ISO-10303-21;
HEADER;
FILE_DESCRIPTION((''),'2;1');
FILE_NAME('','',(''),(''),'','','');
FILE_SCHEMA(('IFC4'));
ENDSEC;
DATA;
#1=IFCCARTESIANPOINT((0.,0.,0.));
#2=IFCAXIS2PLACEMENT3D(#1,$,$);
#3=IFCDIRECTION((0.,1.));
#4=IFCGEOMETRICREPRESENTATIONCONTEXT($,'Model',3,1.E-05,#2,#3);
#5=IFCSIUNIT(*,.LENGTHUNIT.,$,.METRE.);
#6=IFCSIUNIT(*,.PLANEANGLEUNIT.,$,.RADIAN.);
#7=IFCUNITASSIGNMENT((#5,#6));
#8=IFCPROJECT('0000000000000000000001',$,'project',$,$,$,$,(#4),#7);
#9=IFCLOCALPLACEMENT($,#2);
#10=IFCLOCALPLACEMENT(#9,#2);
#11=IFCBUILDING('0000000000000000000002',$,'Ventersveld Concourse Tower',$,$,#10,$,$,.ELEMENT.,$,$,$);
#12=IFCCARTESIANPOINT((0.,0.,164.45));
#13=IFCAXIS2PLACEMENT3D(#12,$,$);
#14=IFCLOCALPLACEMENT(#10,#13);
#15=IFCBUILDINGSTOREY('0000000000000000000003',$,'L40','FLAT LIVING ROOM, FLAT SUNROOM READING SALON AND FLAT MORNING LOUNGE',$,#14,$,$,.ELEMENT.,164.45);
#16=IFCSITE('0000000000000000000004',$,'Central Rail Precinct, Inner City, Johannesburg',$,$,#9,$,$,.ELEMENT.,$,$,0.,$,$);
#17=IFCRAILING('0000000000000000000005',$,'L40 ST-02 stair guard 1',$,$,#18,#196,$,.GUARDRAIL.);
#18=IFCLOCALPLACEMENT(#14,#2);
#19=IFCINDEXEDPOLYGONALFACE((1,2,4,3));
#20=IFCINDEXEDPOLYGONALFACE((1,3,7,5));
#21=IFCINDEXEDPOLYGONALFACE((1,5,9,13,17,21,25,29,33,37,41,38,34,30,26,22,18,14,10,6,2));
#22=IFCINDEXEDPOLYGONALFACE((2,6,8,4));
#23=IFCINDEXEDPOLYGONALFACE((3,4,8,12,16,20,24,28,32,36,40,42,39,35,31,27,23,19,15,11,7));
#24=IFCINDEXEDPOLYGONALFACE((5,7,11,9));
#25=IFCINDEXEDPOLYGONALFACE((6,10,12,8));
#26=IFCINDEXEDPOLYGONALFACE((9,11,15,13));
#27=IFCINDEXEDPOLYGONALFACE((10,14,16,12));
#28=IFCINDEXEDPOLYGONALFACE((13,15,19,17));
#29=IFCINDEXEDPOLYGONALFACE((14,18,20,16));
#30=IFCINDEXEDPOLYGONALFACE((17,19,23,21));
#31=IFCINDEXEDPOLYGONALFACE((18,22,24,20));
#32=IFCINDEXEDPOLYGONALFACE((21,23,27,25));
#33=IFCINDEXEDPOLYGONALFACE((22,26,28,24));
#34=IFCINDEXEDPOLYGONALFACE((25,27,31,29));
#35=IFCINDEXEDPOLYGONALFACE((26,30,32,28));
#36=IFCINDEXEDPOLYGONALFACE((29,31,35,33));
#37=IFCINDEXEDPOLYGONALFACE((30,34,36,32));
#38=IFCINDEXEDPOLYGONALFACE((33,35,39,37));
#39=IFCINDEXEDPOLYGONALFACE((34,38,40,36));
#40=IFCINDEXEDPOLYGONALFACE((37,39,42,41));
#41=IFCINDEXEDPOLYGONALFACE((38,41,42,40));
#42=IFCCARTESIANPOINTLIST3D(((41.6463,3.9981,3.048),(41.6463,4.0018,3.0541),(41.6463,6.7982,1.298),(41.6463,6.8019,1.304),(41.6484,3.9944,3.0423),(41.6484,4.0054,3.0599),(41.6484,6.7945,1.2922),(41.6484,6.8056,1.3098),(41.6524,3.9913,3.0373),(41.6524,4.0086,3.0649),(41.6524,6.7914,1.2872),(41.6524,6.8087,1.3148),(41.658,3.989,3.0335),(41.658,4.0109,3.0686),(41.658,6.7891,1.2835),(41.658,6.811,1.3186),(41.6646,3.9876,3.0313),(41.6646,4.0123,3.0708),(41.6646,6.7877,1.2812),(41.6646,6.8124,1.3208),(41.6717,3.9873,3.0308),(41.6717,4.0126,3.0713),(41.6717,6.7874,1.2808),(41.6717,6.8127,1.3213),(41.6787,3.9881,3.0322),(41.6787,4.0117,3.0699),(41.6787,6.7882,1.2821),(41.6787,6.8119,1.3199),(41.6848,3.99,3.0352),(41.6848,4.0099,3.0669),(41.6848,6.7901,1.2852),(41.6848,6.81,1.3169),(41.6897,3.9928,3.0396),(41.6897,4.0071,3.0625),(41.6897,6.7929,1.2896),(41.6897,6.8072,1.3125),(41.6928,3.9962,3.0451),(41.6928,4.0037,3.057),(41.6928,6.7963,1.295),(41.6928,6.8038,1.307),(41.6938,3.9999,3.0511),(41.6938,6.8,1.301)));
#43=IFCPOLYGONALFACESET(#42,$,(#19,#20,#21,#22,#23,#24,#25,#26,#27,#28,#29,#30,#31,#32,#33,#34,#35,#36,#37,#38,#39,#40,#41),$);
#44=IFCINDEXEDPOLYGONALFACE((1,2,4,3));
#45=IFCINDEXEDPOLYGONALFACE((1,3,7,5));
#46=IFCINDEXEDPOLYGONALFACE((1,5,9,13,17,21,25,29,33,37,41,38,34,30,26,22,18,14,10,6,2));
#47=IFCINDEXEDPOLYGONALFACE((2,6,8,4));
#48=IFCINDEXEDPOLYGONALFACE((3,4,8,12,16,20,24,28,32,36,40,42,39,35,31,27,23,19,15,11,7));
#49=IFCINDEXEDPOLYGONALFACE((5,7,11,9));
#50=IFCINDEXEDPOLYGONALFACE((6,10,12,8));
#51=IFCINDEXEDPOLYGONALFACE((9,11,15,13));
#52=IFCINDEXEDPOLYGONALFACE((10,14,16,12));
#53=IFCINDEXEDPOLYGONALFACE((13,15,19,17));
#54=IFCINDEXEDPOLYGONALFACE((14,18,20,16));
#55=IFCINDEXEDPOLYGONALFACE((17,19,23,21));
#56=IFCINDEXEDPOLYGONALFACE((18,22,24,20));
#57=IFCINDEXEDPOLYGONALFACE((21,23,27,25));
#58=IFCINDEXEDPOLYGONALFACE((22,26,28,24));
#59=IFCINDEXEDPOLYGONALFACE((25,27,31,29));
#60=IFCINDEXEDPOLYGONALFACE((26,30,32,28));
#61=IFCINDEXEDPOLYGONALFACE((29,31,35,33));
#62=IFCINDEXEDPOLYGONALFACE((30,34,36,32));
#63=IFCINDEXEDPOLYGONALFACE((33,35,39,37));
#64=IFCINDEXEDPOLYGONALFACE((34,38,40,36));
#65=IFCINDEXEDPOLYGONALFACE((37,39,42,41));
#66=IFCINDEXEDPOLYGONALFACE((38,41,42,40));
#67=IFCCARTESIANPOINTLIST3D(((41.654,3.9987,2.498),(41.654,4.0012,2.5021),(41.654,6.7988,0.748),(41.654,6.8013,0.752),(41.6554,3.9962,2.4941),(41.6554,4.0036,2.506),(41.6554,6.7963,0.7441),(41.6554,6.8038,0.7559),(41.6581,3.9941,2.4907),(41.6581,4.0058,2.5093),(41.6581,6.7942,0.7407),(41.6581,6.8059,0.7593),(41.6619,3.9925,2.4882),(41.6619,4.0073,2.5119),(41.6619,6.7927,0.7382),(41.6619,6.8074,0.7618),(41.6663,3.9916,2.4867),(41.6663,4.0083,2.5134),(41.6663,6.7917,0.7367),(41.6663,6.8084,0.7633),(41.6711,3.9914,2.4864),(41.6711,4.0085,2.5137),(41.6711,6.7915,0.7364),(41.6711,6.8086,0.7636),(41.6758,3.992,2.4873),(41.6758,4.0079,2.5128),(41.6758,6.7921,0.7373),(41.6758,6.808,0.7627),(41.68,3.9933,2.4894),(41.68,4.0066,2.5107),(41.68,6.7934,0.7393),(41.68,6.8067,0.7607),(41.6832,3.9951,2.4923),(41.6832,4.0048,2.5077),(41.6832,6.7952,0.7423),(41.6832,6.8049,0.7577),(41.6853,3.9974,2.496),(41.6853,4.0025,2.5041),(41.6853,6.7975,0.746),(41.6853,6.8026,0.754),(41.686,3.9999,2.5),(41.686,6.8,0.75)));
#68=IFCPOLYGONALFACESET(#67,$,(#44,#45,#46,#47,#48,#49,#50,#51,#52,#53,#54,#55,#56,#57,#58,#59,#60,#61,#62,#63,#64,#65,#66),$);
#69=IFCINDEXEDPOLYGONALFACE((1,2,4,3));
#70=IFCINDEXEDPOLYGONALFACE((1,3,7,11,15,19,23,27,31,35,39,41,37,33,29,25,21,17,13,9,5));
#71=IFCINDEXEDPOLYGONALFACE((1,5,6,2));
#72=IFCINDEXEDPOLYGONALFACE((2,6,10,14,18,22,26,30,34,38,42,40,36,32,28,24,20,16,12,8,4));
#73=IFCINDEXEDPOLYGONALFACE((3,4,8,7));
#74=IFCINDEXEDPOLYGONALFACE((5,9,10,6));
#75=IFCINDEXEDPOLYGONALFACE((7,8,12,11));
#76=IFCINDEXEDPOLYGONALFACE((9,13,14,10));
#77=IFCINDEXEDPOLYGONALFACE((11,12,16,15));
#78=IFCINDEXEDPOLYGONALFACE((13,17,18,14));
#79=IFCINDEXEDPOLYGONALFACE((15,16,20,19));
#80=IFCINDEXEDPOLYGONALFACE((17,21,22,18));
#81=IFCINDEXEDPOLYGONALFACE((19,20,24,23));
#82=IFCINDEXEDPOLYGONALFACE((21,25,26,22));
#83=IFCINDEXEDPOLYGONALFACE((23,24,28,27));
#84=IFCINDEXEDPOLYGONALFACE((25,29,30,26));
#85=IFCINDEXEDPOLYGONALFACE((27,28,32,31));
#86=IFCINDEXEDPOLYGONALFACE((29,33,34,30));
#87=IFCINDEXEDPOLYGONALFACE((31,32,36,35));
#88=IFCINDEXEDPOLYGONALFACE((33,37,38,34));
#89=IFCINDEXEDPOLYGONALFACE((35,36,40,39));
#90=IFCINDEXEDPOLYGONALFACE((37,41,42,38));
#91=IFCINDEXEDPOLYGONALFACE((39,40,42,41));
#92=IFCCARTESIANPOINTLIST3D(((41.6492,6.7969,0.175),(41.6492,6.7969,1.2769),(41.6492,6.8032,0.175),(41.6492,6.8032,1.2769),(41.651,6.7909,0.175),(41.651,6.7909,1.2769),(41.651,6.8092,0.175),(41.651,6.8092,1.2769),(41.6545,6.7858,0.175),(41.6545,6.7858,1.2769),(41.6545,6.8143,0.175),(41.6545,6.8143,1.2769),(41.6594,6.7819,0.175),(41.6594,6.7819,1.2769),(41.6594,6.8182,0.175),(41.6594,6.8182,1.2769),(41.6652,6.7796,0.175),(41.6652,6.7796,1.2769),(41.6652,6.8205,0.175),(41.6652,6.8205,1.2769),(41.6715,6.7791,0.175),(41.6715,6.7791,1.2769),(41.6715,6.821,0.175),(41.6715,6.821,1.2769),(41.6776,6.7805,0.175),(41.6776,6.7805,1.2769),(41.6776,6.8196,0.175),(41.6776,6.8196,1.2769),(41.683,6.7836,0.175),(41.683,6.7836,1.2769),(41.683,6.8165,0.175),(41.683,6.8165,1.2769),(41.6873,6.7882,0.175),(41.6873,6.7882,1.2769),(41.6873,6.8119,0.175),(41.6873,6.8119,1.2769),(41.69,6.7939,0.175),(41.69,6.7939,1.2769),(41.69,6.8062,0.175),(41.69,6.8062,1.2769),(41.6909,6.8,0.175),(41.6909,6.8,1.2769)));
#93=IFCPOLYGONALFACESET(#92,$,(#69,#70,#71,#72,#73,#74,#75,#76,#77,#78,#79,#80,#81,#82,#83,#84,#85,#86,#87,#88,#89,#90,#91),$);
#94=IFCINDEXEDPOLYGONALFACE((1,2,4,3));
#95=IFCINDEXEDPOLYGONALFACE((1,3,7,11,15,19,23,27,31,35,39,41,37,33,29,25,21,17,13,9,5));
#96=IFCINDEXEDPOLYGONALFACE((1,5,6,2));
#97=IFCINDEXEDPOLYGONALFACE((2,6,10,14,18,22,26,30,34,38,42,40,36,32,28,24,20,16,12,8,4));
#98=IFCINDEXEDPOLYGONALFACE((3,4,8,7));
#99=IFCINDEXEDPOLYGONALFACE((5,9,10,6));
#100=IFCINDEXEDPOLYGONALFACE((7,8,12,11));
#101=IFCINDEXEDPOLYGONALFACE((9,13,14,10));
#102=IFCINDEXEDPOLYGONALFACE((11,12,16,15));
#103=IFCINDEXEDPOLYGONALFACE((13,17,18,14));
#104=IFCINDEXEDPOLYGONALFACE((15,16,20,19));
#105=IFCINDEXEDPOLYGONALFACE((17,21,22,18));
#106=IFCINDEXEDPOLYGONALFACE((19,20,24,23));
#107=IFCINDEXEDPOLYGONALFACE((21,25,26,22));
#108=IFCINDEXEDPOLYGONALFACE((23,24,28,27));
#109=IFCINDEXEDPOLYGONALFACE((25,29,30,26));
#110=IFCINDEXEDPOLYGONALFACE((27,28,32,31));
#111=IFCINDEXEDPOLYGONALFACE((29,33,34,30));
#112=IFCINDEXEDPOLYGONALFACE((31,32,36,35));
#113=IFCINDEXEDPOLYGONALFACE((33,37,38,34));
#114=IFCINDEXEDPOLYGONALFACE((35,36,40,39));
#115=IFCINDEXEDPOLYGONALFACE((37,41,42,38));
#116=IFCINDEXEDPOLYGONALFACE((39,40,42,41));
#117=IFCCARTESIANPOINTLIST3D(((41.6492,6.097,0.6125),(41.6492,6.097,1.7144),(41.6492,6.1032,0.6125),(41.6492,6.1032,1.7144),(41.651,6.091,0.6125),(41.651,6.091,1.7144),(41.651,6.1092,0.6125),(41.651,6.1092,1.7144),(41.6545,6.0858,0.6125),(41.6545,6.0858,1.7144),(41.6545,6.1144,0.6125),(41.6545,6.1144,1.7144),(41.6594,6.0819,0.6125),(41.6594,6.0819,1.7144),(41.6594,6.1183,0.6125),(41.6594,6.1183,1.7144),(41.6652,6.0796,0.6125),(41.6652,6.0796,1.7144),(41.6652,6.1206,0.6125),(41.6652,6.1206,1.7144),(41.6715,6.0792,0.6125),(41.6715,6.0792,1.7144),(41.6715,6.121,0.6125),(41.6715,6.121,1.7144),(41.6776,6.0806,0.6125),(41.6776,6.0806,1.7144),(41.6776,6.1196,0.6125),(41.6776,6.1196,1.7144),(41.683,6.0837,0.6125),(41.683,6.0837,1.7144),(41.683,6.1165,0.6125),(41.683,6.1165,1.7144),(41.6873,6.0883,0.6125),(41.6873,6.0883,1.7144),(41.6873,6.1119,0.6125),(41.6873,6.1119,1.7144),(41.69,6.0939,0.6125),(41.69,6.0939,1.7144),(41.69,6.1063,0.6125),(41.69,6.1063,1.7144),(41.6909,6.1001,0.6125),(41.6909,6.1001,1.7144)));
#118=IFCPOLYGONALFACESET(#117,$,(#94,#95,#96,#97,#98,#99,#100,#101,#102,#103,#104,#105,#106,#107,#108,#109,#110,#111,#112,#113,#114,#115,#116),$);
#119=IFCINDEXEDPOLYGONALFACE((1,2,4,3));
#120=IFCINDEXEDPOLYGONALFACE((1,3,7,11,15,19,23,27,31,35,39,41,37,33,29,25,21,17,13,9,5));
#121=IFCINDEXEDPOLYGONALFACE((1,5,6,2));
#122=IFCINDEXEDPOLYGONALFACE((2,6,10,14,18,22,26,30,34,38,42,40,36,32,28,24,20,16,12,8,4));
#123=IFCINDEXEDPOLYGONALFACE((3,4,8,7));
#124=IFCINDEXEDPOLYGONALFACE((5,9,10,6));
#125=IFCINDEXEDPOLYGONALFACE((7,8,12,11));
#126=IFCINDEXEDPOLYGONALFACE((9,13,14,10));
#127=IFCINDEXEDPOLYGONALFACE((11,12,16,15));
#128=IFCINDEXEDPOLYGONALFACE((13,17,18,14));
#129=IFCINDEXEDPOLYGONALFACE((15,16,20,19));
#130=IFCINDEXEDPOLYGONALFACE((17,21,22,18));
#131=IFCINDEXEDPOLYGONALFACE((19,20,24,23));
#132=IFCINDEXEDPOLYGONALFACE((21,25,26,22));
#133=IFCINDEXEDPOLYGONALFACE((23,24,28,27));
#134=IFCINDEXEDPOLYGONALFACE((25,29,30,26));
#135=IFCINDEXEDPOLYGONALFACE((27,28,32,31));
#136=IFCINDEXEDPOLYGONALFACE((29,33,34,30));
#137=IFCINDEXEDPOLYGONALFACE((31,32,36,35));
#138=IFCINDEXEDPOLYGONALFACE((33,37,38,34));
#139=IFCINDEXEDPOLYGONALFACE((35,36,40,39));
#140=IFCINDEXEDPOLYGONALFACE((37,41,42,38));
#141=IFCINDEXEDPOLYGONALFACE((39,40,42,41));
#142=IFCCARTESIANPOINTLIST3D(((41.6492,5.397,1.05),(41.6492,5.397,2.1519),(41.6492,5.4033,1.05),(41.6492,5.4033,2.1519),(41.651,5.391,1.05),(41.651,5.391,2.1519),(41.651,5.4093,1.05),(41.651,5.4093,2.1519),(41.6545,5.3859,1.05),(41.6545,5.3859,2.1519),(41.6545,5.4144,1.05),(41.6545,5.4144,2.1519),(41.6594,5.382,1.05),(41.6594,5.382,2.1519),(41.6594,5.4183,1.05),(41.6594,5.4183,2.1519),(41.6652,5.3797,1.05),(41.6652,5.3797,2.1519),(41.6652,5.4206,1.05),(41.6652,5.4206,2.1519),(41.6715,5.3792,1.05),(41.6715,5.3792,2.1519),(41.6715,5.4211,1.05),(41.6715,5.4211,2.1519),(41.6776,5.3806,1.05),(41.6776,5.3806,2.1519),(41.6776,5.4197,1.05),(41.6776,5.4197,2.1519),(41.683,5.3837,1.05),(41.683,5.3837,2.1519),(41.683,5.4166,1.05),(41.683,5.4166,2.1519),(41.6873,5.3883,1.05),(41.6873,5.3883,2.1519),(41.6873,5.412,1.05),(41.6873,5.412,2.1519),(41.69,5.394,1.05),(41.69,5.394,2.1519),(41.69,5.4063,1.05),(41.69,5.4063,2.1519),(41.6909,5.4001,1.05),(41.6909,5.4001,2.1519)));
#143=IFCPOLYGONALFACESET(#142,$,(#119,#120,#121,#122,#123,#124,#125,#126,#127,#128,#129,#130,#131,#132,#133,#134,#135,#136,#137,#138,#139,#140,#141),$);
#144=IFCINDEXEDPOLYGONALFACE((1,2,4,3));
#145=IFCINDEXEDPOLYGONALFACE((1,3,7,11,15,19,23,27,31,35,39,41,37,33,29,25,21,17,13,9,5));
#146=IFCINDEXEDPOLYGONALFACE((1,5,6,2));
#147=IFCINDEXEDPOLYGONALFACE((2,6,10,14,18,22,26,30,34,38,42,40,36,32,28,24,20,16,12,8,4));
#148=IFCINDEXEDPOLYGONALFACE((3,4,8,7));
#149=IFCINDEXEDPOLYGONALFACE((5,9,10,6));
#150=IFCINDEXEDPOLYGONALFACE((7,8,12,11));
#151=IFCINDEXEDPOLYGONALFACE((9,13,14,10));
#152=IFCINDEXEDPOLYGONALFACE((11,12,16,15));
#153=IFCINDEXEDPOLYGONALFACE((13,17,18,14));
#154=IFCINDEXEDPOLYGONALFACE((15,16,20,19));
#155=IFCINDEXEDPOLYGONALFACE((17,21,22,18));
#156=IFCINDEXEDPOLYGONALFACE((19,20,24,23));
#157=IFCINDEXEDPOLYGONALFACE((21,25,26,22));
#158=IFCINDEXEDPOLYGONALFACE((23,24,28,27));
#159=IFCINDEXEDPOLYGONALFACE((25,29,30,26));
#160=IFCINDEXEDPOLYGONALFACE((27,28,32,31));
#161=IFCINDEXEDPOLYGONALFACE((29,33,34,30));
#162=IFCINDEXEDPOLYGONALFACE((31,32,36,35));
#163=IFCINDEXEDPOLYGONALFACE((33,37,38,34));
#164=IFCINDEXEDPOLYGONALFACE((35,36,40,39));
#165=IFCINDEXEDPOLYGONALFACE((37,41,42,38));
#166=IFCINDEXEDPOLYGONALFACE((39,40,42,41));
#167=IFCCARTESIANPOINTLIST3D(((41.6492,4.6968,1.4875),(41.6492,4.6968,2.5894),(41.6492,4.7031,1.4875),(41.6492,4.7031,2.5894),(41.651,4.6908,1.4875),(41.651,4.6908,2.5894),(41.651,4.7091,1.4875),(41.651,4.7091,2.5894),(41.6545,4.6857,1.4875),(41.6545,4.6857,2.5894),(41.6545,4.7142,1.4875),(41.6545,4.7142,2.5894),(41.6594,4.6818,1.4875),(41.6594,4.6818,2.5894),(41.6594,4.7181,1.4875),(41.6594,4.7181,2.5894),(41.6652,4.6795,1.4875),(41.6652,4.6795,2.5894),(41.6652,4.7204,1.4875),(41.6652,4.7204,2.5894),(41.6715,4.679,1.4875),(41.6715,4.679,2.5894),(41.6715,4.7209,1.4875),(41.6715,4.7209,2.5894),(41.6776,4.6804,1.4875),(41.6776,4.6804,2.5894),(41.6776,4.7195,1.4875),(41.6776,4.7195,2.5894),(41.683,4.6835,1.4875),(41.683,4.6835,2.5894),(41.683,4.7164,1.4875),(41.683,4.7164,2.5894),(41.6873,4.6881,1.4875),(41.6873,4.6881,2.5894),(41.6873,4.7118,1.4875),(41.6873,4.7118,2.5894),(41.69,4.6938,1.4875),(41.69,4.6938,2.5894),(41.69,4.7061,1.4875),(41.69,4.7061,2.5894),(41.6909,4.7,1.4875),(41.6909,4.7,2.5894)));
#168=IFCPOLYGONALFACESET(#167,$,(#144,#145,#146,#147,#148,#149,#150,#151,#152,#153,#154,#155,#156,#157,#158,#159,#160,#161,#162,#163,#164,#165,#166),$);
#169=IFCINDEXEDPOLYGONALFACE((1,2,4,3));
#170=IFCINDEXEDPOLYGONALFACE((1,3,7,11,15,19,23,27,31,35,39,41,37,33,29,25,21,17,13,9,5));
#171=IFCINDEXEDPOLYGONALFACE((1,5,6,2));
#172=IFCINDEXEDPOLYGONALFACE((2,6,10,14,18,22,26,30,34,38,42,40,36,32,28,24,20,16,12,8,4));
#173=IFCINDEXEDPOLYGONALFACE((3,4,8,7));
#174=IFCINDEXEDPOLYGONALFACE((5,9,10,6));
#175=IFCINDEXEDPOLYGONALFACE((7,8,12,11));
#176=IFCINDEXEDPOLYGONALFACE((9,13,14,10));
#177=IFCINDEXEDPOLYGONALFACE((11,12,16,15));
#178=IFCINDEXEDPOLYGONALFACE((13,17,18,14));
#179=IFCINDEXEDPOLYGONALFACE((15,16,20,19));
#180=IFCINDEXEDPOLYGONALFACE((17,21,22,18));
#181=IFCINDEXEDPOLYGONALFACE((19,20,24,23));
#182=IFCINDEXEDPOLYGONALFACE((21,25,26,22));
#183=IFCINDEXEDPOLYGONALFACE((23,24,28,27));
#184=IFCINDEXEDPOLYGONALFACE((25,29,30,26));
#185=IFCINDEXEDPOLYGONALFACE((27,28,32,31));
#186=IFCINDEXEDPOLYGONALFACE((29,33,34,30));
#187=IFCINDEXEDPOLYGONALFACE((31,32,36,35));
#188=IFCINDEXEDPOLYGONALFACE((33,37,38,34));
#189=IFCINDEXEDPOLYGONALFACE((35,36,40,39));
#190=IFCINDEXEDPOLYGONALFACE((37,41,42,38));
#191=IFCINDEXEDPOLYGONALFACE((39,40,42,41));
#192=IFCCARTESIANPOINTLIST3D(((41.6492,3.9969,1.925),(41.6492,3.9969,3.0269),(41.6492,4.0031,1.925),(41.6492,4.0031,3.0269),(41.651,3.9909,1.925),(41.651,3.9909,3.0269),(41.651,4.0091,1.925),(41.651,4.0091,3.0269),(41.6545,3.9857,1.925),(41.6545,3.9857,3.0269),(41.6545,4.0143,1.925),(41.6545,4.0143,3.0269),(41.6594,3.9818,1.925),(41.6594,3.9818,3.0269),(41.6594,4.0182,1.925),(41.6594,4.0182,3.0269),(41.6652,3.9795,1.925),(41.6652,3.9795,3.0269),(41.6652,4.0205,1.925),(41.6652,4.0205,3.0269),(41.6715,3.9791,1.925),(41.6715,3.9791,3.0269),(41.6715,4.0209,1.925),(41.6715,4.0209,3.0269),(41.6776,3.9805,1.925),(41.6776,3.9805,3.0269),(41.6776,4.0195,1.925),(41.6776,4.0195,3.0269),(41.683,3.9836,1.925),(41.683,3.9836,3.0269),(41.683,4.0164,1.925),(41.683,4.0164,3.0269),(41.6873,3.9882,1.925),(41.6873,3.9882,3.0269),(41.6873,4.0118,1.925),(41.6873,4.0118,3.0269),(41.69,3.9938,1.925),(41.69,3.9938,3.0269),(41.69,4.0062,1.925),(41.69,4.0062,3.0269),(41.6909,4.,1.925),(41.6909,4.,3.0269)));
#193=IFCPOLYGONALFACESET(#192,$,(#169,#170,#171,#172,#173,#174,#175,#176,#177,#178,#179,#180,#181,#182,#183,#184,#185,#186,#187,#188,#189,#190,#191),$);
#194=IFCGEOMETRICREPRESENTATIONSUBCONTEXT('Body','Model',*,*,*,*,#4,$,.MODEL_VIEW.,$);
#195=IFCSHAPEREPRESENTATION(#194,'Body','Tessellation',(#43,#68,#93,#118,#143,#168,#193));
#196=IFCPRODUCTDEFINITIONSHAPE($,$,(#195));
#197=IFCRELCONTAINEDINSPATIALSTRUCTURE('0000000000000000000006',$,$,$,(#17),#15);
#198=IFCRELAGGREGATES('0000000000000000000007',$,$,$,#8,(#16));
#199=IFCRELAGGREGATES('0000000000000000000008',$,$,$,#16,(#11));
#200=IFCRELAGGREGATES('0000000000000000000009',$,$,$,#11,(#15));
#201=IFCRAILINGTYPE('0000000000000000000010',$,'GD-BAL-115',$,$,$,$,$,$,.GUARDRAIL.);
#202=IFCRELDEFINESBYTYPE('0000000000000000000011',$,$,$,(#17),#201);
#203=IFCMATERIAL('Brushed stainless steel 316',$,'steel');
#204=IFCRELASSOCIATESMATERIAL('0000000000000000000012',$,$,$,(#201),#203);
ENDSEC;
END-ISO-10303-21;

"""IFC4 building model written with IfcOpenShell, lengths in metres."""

from ifc_helpers import new_model, si_unit, direction, frame, origin, origin_2d, place, context, subcontext, project, spatial, circle, extrude, material, type_object, element, save


model = new_model("IFC4")

# Units and contexts
model_context = context("Model", 3, precision=1e-05, world=origin(), true_north=direction((0.0, 1.0)))
body_context = subcontext(model_context, "Body", "Model", "MODEL_VIEW")
ifc_project = project(units=[si_unit("LENGTHUNIT", "METRE"), si_unit("PLANEANGLEUNIT", "RADIAN")], contexts=[model_context])

# Site, building, storey
site_placement = place(None, origin())
site = spatial("IfcSite", under=ifc_project, at=site_placement, Name="Central Rail Precinct, Inner City, Johannesburg", CompositionType="ELEMENT", RefElevation=0.0)
building_placement = place(site_placement, origin())
building = spatial("IfcBuilding", under=site, at=building_placement, Name="Ventersveld Concourse Tower", CompositionType="ELEMENT")
storey_placement = place(building_placement, frame((0.0, 0.0, 164.45)))
storey = spatial("IfcBuildingStorey", under=building, at=storey_placement, Name="L40", Description="FLAT LIVING ROOM, FLAT SUNROOM READING SALON AND FLAT MORNING LOUNGE", CompositionType="ELEMENT", Elevation=164.45)

# Railing
ifc_material_1 = material(Name="Brushed stainless steel 316", Category="steel")
railing_type_1 = type_object("IfcRailingType", Name="GD-BAL-115", PredefinedType="GUARDRAIL", material=ifc_material_1)
railing_1_placement = place(storey_placement, frame((41.6699, 6.8, 0.175)))
element("IfcRailing", 1, at=railing_1_placement, inside=storey, type_object=railing_type_1, Name="L40 ST-02 stair guard 1", PredefinedType="GUARDRAIL", context=body_context, shape_type="SweptSolid", body=[
    extrude(circle(Radius=0.0239, at=origin_2d()), frame((0.0, 0.0, 1.126), z_axis=(0.0, -0.848002, 0.529992), x_axis=(1.0, 0.0, 0.0)), (0.0, 0.0, 1.0), 3.302),
    extrude(circle(Radius=0.0161, at=origin_2d()), frame((0.0, 0.0, 0.575), z_axis=(0.0, -0.848002, 0.529992), x_axis=(1.0, 0.0, 0.0)), (0.0, 0.0, 1.0), 3.302),
    extrude(circle(Radius=0.021, at=origin_2d()), origin(), (0.0, 0.0, 1.0), 1.1018),
    extrude(circle(Radius=0.021, at=origin_2d()), frame((0.0, -0.7, 0.4375)), (0.0, 0.0, 1.0), 1.1018),
    extrude(circle(Radius=0.021, at=origin_2d()), frame((0.0, -1.3999, 0.875)), (0.0, 0.0, 1.0), 1.1018),
    extrude(circle(Radius=0.021, at=origin_2d()), frame((0.0, -2.1001, 1.3125)), (0.0, 0.0, 1.0), 1.1018),
    extrude(circle(Radius=0.021, at=origin_2d()), frame((0.0, -2.8, 1.75)), (0.0, 0.0, 1.0), 1.1018),
])

save(model, "model.ifc")
